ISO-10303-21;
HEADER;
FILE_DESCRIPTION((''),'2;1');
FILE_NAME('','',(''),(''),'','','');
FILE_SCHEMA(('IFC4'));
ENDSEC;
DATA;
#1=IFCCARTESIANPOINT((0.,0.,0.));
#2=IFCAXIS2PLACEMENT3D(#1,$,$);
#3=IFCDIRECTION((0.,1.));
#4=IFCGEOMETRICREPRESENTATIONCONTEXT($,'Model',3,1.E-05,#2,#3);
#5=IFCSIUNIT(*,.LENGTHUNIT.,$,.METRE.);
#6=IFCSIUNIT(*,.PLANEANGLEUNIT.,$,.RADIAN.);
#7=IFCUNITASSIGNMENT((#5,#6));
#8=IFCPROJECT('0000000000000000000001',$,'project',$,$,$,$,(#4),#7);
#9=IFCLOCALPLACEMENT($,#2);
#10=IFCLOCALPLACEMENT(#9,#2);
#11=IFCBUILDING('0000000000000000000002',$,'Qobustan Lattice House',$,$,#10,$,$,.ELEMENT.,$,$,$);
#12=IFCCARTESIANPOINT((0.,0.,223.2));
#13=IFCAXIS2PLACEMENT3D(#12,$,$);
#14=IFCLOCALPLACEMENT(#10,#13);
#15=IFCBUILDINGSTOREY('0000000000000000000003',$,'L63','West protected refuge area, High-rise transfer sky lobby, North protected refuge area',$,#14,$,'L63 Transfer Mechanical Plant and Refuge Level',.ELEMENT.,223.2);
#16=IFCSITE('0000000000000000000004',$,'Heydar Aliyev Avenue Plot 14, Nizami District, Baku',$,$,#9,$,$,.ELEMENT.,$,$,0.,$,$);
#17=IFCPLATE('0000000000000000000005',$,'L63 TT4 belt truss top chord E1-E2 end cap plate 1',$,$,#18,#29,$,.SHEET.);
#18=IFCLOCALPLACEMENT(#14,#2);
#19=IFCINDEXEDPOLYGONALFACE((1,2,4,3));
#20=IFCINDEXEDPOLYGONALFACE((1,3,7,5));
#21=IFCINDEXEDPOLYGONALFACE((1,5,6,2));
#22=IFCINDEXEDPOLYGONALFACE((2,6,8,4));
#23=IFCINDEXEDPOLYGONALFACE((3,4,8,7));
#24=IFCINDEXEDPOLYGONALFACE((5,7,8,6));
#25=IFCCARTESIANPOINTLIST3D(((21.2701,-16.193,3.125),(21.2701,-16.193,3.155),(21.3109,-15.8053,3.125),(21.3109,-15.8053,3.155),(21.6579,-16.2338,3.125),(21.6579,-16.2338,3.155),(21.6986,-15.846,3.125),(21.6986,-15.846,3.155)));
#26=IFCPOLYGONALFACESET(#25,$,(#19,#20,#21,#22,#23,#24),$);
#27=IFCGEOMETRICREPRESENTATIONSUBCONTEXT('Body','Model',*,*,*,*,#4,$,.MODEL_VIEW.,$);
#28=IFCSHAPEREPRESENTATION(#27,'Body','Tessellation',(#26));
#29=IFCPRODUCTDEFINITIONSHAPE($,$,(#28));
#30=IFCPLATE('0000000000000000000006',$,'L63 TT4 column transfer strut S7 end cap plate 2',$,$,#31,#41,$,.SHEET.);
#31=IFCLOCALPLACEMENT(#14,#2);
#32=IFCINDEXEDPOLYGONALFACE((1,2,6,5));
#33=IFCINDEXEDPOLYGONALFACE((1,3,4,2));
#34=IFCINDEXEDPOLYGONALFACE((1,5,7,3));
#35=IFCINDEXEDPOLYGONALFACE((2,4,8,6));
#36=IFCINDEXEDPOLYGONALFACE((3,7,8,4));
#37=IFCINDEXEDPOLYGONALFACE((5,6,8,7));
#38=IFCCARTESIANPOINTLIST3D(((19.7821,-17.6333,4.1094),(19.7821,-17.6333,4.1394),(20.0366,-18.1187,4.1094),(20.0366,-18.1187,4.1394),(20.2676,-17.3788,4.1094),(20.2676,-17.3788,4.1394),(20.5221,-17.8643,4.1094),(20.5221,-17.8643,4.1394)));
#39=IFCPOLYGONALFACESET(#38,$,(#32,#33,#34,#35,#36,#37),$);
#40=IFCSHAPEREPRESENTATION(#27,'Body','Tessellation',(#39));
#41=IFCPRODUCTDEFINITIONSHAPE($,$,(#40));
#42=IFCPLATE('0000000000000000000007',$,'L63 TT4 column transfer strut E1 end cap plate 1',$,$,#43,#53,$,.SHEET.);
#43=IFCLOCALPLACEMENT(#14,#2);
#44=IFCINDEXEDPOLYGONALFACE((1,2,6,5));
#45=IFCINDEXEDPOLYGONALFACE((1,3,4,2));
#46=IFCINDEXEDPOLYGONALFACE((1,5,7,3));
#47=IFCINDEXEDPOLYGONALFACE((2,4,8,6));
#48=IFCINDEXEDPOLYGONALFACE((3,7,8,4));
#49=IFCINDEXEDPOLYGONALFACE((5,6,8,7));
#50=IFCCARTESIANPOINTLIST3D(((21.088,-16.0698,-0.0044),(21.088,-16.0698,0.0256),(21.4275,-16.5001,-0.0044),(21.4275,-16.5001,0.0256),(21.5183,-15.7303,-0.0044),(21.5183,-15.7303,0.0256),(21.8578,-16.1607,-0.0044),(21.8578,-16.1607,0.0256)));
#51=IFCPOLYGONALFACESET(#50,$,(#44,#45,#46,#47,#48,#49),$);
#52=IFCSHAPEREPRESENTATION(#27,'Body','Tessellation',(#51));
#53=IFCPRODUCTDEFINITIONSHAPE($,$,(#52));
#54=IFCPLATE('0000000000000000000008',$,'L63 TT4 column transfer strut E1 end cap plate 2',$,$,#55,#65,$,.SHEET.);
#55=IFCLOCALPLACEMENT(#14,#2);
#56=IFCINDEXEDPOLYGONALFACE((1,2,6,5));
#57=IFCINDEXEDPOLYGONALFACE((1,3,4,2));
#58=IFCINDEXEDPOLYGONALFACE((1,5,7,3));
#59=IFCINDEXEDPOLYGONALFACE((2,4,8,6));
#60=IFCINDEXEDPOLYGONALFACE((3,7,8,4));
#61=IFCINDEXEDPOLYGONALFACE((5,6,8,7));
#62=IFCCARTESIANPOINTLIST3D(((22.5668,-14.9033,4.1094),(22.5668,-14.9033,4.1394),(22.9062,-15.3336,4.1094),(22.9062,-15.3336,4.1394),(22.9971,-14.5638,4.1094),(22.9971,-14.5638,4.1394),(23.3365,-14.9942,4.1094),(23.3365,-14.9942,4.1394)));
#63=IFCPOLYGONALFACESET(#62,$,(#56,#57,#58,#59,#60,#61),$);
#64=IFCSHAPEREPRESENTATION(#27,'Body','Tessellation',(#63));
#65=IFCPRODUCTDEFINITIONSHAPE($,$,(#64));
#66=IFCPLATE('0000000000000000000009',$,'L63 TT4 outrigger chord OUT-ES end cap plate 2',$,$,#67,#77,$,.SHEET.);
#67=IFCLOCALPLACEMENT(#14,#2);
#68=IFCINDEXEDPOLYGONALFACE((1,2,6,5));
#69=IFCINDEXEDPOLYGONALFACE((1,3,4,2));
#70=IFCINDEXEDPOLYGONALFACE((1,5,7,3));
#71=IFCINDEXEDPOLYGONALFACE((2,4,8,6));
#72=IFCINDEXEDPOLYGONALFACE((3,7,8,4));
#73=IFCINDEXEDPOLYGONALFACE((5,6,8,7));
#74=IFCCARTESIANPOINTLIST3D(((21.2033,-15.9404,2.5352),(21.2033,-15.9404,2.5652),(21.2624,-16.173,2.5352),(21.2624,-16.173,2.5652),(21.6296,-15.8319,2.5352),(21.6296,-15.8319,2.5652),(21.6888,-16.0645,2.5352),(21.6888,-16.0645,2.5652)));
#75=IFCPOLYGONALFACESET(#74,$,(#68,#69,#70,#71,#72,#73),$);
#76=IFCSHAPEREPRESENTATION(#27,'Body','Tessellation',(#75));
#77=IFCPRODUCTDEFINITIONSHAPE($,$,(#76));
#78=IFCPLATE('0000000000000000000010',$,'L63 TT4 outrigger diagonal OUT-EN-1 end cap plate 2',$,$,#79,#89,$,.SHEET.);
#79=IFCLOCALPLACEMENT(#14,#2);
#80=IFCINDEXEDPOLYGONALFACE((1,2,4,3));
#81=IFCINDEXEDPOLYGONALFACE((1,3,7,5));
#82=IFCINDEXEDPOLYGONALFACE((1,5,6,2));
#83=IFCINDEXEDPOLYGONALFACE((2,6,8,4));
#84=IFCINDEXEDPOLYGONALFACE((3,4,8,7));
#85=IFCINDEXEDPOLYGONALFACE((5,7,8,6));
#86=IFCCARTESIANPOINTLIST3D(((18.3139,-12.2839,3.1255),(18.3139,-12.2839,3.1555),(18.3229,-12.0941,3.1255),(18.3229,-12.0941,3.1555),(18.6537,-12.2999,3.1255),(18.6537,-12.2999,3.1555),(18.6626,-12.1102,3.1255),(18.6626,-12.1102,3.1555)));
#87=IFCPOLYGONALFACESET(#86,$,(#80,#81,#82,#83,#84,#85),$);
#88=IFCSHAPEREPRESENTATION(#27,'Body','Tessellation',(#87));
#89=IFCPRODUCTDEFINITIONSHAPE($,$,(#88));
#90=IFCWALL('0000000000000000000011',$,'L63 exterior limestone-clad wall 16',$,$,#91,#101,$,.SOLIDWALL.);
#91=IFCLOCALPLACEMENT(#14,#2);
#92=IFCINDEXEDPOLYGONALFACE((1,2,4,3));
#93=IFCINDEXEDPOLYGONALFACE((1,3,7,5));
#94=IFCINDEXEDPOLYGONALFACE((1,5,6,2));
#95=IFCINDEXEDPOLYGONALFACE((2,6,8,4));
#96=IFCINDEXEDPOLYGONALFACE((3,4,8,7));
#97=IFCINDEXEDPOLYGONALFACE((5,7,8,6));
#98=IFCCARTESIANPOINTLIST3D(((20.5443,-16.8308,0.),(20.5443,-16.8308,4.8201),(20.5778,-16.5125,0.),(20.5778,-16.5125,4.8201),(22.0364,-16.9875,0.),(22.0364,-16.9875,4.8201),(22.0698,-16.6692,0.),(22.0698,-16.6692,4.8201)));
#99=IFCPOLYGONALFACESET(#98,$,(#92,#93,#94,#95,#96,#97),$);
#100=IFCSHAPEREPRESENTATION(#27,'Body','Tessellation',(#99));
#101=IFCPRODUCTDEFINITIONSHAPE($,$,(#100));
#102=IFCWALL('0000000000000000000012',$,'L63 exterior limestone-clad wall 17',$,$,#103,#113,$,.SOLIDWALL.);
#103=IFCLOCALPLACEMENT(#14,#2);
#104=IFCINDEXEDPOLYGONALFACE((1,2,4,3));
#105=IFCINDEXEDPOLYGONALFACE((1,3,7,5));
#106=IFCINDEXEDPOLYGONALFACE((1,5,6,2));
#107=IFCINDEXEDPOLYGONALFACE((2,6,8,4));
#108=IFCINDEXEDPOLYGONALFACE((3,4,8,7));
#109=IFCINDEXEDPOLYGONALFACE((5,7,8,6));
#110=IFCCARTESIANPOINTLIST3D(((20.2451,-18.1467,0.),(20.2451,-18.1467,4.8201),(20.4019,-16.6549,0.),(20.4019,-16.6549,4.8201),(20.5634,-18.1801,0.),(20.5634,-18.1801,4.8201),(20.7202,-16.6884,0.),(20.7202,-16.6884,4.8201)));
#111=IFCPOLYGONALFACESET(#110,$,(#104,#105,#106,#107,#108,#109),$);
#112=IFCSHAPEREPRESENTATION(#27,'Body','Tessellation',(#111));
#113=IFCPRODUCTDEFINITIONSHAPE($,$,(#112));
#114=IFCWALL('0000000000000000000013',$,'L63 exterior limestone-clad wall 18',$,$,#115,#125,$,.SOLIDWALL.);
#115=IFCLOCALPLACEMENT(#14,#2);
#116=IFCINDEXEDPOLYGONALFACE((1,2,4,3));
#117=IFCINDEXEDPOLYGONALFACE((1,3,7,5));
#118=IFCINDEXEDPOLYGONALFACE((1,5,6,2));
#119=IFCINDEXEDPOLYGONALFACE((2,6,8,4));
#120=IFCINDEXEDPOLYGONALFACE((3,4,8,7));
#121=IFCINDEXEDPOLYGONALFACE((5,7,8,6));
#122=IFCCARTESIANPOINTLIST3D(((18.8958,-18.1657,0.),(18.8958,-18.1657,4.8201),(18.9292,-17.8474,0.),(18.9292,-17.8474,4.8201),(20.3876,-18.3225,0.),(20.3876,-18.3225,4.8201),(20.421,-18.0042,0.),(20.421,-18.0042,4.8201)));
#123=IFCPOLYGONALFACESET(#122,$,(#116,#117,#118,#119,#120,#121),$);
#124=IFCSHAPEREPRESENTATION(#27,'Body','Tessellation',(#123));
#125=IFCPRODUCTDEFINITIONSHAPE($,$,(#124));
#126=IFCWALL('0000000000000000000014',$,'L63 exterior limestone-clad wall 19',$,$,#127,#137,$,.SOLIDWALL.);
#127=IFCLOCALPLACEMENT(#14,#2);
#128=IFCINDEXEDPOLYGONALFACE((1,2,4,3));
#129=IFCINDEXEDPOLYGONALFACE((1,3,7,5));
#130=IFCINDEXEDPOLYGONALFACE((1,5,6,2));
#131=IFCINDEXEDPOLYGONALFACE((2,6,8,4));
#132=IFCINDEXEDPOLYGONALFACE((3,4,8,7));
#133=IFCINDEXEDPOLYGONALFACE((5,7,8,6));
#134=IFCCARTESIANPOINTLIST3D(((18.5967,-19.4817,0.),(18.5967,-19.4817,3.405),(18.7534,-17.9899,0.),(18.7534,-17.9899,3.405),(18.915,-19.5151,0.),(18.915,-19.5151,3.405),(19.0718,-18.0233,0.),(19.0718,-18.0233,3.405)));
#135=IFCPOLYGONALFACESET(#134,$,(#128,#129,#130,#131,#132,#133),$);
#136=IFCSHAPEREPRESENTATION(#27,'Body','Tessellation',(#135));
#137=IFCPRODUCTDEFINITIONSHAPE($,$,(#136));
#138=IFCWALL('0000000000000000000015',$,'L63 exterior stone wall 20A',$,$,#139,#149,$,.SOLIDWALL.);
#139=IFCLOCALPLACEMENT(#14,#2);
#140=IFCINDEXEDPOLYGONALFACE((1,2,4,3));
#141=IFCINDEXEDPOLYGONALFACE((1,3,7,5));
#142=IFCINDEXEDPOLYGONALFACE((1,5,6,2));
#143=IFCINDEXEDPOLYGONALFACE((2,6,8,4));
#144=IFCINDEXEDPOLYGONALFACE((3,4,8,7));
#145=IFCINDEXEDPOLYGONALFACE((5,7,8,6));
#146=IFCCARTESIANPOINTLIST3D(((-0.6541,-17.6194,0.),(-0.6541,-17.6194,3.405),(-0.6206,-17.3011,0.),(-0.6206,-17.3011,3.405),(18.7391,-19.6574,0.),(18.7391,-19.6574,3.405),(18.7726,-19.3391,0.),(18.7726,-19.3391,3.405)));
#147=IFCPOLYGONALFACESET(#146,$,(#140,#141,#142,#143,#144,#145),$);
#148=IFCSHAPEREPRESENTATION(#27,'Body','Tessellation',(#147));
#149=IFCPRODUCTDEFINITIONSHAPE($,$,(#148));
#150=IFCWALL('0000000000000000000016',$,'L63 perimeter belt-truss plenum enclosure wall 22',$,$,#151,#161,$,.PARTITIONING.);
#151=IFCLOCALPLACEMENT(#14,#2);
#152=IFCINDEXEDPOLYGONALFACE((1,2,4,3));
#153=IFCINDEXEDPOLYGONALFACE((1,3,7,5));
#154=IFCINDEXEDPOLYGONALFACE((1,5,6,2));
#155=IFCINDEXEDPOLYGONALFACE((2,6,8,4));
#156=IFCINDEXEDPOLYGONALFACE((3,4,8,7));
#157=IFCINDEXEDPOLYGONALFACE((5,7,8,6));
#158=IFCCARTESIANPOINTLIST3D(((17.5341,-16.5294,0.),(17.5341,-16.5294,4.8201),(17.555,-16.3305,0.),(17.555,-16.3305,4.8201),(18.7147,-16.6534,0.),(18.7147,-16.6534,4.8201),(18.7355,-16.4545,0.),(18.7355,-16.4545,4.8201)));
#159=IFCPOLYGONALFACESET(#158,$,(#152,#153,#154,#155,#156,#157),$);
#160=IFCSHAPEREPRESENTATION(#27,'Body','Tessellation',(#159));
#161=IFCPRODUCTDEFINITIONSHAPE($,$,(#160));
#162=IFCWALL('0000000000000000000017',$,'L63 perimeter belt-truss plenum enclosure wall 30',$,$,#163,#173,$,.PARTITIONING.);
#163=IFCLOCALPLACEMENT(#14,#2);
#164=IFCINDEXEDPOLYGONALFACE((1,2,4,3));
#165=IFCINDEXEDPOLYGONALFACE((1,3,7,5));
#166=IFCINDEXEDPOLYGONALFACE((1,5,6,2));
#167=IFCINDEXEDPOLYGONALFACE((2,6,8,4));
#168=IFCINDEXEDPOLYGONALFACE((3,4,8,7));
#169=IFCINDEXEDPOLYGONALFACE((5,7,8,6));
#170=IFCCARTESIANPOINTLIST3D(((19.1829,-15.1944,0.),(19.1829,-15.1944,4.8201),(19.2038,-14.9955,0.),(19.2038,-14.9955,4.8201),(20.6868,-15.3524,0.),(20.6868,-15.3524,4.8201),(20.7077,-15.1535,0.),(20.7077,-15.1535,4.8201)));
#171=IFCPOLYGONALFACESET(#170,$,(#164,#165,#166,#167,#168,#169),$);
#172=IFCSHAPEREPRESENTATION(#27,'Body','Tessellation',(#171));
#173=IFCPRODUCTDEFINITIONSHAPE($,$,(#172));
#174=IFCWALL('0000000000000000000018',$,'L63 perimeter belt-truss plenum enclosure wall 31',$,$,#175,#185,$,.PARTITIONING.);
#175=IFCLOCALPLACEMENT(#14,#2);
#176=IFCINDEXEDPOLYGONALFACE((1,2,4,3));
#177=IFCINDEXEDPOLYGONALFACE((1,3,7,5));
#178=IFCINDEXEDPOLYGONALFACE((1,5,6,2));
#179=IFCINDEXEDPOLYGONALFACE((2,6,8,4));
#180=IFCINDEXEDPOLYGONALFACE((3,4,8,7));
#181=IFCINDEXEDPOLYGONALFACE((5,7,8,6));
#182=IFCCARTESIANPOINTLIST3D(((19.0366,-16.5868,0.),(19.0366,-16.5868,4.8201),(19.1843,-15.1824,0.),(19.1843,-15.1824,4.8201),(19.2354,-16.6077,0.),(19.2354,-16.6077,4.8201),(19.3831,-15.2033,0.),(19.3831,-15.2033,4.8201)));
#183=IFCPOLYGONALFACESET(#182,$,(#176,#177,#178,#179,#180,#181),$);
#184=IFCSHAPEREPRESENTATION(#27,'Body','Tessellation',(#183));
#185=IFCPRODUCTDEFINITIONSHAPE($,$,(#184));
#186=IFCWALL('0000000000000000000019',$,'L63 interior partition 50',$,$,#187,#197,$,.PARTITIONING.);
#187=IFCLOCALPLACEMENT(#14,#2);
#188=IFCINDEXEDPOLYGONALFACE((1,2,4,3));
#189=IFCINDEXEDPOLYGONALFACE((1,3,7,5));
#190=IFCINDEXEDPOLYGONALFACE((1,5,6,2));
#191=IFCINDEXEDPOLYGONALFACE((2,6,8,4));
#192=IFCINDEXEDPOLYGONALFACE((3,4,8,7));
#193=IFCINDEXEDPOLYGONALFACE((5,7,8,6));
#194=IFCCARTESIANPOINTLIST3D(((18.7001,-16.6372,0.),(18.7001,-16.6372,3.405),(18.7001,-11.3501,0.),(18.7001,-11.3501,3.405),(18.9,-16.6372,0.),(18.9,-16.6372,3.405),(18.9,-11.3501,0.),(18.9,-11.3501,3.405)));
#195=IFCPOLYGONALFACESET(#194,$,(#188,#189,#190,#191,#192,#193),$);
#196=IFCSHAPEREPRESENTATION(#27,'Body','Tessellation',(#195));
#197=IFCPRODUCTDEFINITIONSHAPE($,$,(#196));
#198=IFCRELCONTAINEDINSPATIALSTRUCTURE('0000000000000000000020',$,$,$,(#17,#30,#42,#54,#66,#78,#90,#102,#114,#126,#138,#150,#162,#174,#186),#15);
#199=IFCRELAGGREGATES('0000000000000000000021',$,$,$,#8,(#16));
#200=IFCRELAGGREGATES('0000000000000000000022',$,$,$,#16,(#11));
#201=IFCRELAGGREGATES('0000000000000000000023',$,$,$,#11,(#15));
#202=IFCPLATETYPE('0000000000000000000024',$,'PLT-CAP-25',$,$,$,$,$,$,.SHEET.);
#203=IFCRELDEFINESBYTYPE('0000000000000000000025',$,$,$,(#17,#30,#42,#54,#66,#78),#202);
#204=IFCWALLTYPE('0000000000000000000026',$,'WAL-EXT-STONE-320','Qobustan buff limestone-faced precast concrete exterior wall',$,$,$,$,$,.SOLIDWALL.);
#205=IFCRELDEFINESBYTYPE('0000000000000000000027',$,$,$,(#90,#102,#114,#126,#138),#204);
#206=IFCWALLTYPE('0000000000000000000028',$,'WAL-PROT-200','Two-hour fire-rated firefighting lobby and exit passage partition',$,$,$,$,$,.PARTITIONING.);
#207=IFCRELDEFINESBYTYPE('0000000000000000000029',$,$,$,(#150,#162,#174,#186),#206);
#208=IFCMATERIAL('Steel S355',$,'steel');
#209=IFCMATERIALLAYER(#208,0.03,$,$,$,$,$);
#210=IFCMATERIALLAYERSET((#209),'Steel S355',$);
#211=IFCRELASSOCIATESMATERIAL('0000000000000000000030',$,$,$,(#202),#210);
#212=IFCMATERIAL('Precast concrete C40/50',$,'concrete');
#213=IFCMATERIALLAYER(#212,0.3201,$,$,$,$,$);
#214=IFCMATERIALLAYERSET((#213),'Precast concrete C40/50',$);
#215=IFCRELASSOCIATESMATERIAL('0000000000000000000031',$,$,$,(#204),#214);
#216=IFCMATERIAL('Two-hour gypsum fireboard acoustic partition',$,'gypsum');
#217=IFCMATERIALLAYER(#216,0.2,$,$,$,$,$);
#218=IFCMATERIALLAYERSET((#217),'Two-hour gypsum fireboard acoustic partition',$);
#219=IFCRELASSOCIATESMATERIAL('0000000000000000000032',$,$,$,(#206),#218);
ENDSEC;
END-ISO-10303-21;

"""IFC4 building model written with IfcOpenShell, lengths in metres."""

from ifc_helpers import new_model, si_unit, direction, frame, frame_2d, origin, origin_2d, place, context, subcontext, project, spatial, rectangle, extrude, material, layer, layer_set, type_object, element, save


model = new_model("IFC4")

# Units and contexts
model_context = context("Model", 3, precision=1e-05, world=origin(), true_north=direction((0.0, 1.0)))
body_context = subcontext(model_context, "Body", "Model", "MODEL_VIEW")
ifc_project = project(units=[si_unit("LENGTHUNIT", "METRE"), si_unit("PLANEANGLEUNIT", "RADIAN")], contexts=[model_context])

# Site, building, storey
site_placement = place(None, origin())
site = spatial("IfcSite", under=ifc_project, at=site_placement, Name="Heydar Aliyev Avenue Plot 14, Nizami District, Baku", CompositionType="ELEMENT", RefElevation=0.0)
building_placement = place(site_placement, origin())
building = spatial("IfcBuilding", under=site, at=building_placement, Name="Qobustan Lattice House", CompositionType="ELEMENT")
storey_placement = place(building_placement, frame((0.0, 0.0, 223.2)))
storey = spatial("IfcBuildingStorey", under=building, at=storey_placement, Name="L63", Description="West protected refuge area, High-rise transfer sky lobby, North protected refuge area", LongName="L63 Transfer Mechanical Plant and Refuge Level", CompositionType="ELEMENT", Elevation=223.2)

# Plates
ifc_material_1 = material(Name="Steel S355", Category="steel")
ifc_layer_1 = layer(ifc_material_1, 0.03)
ifc_layer_set_1 = layer_set([ifc_layer_1], Name="Steel S355")
plate_type = type_object("IfcPlateType", Name="PLT-CAP-25", PredefinedType="SHEET", material=ifc_layer_set_1)
plate_1_placement = place(storey_placement, frame((21.4844, -16.0195, 3.125), z_axis=(0.0, 0.0, 1.0), x_axis=(0.104528, 0.994522, 0.0)))
element("IfcPlate", 1, at=plate_1_placement, inside=storey, type_object=plate_type, Name="L63 TT4 belt truss top chord E1-E2 end cap plate 1", PredefinedType="SHEET", context=body_context, shape_type="SweptSolid", body=[
    extrude(rectangle(XDim=0.3899, YDim=0.3899, at=origin_2d()), origin(), (0.0, 0.0, 1.0), 0.03),
])
for number, where, z_axis, x_axis, name in (
    (2, (20.1521, -17.7488, 4.1094), (0.0, 0.0, 1.0), (0.88571, 0.464239, 0.0), "L63 TT4 column transfer strut S7 end cap plate 2"),
    (3, (21.4729, -16.1152, -0.0044), (0.0, 0.0, 1.0), (0.785133, 0.619327, 0.0), "L63 TT4 column transfer strut E1 end cap plate 1"),
    (4, (22.9517, -14.9487, 4.1094), (0.0, 0.0, 1.0), (0.785133, 0.619327, 0.0), "L63 TT4 column transfer strut E1 end cap plate 2"),
):
    element("IfcPlate", number, at=place(storey_placement, frame(where, z_axis=z_axis, x_axis=x_axis)), inside=storey, type_object=plate_type, Name=name, PredefinedType="SHEET", context=body_context, shape_type="SweptSolid", body=[
        extrude(rectangle(XDim=0.5481, YDim=0.5481, at=origin_2d()), origin(), (0.0, 0.0, 1.0), 0.03),
    ])
plate_2_placement = place(storey_placement, frame((21.446, -16.0024, 2.5352), z_axis=(0.0, 0.0, 1.0), x_axis=(0.246509, -0.969141, 0.0)))
element("IfcPlate", 5, at=plate_2_placement, inside=storey, type_object=plate_type, Name="L63 TT4 outrigger chord OUT-ES end cap plate 2", PredefinedType="SHEET", context=body_context, shape_type="SweptSolid", body=[
    extrude(rectangle(XDim=0.24, YDim=0.4399, at=origin_2d()), origin(), (0.0, 0.0, 1.0), 0.03),
])
plate_3_placement = place(storey_placement, frame((18.4883, -12.197, 3.1255), z_axis=(0.0, 0.0, 1.0), x_axis=(-0.047176, -0.998887, 0.0)))
element("IfcPlate", 6, at=plate_3_placement, inside=storey, type_object=plate_type, Name="L63 TT4 outrigger diagonal OUT-EN-1 end cap plate 2", PredefinedType="SHEET", context=body_context, shape_type="SweptSolid", body=[
    extrude(rectangle(XDim=0.1899, YDim=0.3401, at=origin_2d()), origin(), (0.0, 0.0, 1.0), 0.03),
])

# Walls
ifc_material_2 = material(Name="Precast concrete C40/50", Category="concrete")
ifc_layer_2 = layer(ifc_material_2, 0.3201)
ifc_layer_set_2 = layer_set([ifc_layer_2], Name="Precast concrete C40/50")
wall_type_1 = type_object("IfcWallType", Name="WAL-EXT-STONE-320", Description="Qobustan buff limestone-faced precast concrete exterior wall", PredefinedType="SOLIDWALL", material=ifc_layer_set_2)
wall_1_placement = place(storey_placement, frame((22.053, -16.8284, 0.0), z_axis=(0.0, 0.0, 1.0), x_axis=(-0.994527, 0.104481, 0.0)))
element("IfcWall", 7, at=wall_1_placement, inside=storey, type_object=wall_type_1, Name="L63 exterior limestone-clad wall 16", PredefinedType="SOLIDWALL", context=body_context, shape_type="SweptSolid", body=[
    extrude(rectangle(XDim=1.5002, YDim=0.3201, at=frame_2d((0.75, 0.0))), origin(), (0.0, 0.0, 1.0), 4.8201),
])
for number, where, z_axis, x_axis, name in (
    (8, (20.561, -16.6716, 0.0), (0.0, 0.0, 1.0), (-0.104498, -0.994525, 0.0), "L63 exterior limestone-clad wall 17"),
    (9, (20.4043, -18.1633, 0.0), (0.0, 0.0, 1.0), (-0.994525, 0.104498, 0.0), "L63 exterior limestone-clad wall 18"),
):
    element("IfcWall", number, at=place(storey_placement, frame(where, z_axis=z_axis, x_axis=x_axis)), inside=storey, type_object=wall_type_1, Name=name, PredefinedType="SOLIDWALL", context=body_context, shape_type="SweptSolid", body=[
        extrude(rectangle(XDim=1.5, YDim=0.3201, at=frame_2d((0.75, 0.0))), origin(), (0.0, 0.0, 1.0), 4.8201),
    ])
wall_2_placement = place(storey_placement, frame((18.9126, -18.0066, 0.0), z_axis=(0.0, 0.0, 1.0), x_axis=(-0.104498, -0.994525, 0.0)))
element("IfcWall", 10, at=wall_2_placement, inside=storey, type_object=wall_type_1, Name="L63 exterior limestone-clad wall 19", PredefinedType="SOLIDWALL", context=body_context, shape_type="SweptSolid", body=[
    extrude(rectangle(XDim=1.5, YDim=0.3201, at=frame_2d((0.75, 0.0))), origin(), (0.0, 0.0, 1.0), 3.405),
])
wall_3_placement = place(storey_placement, frame((18.7559, -19.4983, 0.0), z_axis=(0.0, 0.0, 1.0), x_axis=(-0.994523, 0.104517, 0.0)))
element("IfcWall", 11, at=wall_3_placement, inside=storey, type_object=wall_type_1, Name="L63 exterior stone wall 20A", PredefinedType="SOLIDWALL", context=body_context, shape_type="SweptSolid", body=[
    extrude(rectangle(XDim=19.5, YDim=0.3201, at=frame_2d((9.75, 0.0))), origin(), (0.0, 0.0, 1.0), 3.405),
])
ifc_material_3 = material(Name="Two-hour gypsum fireboard acoustic partition", Category="gypsum")
ifc_layer_3 = layer(ifc_material_3, 0.2)
ifc_layer_set_3 = layer_set([ifc_layer_3], Name="Two-hour gypsum fireboard acoustic partition")
wall_type_2 = type_object("IfcWallType", Name="WAL-PROT-200", Description="Two-hour fire-rated firefighting lobby and exit passage partition", PredefinedType="PARTITIONING", material=ifc_layer_set_3)
wall_4_placement = place(storey_placement, frame((18.7251, -16.554, 0.0), z_axis=(0.0, 0.0, 1.0), x_axis=(-0.994526, 0.104492, 0.0)))
element("IfcWall", 12, at=wall_4_placement, inside=storey, type_object=wall_type_2, Name="L63 perimeter belt-truss plenum enclosure wall 22", PredefinedType="PARTITIONING", context=body_context, shape_type="SweptSolid", body=[
    extrude(rectangle(XDim=1.187, YDim=0.2, at=frame_2d((0.5935, 0.0))), origin(), (0.0, 0.0, 1.0), 4.8201),
])
wall_5_placement = place(storey_placement, frame((20.6973, -15.2529, 0.0), z_axis=(0.0, 0.0, 1.0), x_axis=(-0.994529, 0.104458, 0.0)))
element("IfcWall", 13, at=wall_5_placement, inside=storey, type_object=wall_type_2, Name="L63 perimeter belt-truss plenum enclosure wall 30", PredefinedType="PARTITIONING", context=body_context, shape_type="SweptSolid", body=[
    extrude(rectangle(XDim=1.5122, YDim=0.2, at=frame_2d((0.7561, 0.0))), origin(), (0.0, 0.0, 1.0), 4.8201),
])
wall_6_placement = place(storey_placement, frame((19.2837, -15.1929, 0.0), z_axis=(0.0, 0.0, 1.0), x_axis=(-0.104604, -0.994514, 0.0)))
element("IfcWall", 14, at=wall_6_placement, inside=storey, type_object=wall_type_2, Name="L63 perimeter belt-truss plenum enclosure wall 31", PredefinedType="PARTITIONING", context=body_context, shape_type="SweptSolid", body=[
    extrude(rectangle(XDim=1.4121, YDim=0.2, at=frame_2d((0.7061, 0.0))), origin(), (0.0, 0.0, 1.0), 4.8201),
])
wall_7_placement = place(storey_placement, frame((18.8, -16.6372, 0.0), z_axis=(0.0, 0.0, 1.0), x_axis=(0.0, 1.0, 0.0)))
element("IfcWall", 15, at=wall_7_placement, inside=storey, type_object=wall_type_2, Name="L63 interior partition 50", PredefinedType="PARTITIONING", context=body_context, shape_type="SweptSolid", body=[
    extrude(rectangle(XDim=5.2871, YDim=0.2, at=frame_2d((2.6436, 0.0))), origin(), (0.0, 0.0, 1.0), 3.405),
])

save(model, "model.ifc")
